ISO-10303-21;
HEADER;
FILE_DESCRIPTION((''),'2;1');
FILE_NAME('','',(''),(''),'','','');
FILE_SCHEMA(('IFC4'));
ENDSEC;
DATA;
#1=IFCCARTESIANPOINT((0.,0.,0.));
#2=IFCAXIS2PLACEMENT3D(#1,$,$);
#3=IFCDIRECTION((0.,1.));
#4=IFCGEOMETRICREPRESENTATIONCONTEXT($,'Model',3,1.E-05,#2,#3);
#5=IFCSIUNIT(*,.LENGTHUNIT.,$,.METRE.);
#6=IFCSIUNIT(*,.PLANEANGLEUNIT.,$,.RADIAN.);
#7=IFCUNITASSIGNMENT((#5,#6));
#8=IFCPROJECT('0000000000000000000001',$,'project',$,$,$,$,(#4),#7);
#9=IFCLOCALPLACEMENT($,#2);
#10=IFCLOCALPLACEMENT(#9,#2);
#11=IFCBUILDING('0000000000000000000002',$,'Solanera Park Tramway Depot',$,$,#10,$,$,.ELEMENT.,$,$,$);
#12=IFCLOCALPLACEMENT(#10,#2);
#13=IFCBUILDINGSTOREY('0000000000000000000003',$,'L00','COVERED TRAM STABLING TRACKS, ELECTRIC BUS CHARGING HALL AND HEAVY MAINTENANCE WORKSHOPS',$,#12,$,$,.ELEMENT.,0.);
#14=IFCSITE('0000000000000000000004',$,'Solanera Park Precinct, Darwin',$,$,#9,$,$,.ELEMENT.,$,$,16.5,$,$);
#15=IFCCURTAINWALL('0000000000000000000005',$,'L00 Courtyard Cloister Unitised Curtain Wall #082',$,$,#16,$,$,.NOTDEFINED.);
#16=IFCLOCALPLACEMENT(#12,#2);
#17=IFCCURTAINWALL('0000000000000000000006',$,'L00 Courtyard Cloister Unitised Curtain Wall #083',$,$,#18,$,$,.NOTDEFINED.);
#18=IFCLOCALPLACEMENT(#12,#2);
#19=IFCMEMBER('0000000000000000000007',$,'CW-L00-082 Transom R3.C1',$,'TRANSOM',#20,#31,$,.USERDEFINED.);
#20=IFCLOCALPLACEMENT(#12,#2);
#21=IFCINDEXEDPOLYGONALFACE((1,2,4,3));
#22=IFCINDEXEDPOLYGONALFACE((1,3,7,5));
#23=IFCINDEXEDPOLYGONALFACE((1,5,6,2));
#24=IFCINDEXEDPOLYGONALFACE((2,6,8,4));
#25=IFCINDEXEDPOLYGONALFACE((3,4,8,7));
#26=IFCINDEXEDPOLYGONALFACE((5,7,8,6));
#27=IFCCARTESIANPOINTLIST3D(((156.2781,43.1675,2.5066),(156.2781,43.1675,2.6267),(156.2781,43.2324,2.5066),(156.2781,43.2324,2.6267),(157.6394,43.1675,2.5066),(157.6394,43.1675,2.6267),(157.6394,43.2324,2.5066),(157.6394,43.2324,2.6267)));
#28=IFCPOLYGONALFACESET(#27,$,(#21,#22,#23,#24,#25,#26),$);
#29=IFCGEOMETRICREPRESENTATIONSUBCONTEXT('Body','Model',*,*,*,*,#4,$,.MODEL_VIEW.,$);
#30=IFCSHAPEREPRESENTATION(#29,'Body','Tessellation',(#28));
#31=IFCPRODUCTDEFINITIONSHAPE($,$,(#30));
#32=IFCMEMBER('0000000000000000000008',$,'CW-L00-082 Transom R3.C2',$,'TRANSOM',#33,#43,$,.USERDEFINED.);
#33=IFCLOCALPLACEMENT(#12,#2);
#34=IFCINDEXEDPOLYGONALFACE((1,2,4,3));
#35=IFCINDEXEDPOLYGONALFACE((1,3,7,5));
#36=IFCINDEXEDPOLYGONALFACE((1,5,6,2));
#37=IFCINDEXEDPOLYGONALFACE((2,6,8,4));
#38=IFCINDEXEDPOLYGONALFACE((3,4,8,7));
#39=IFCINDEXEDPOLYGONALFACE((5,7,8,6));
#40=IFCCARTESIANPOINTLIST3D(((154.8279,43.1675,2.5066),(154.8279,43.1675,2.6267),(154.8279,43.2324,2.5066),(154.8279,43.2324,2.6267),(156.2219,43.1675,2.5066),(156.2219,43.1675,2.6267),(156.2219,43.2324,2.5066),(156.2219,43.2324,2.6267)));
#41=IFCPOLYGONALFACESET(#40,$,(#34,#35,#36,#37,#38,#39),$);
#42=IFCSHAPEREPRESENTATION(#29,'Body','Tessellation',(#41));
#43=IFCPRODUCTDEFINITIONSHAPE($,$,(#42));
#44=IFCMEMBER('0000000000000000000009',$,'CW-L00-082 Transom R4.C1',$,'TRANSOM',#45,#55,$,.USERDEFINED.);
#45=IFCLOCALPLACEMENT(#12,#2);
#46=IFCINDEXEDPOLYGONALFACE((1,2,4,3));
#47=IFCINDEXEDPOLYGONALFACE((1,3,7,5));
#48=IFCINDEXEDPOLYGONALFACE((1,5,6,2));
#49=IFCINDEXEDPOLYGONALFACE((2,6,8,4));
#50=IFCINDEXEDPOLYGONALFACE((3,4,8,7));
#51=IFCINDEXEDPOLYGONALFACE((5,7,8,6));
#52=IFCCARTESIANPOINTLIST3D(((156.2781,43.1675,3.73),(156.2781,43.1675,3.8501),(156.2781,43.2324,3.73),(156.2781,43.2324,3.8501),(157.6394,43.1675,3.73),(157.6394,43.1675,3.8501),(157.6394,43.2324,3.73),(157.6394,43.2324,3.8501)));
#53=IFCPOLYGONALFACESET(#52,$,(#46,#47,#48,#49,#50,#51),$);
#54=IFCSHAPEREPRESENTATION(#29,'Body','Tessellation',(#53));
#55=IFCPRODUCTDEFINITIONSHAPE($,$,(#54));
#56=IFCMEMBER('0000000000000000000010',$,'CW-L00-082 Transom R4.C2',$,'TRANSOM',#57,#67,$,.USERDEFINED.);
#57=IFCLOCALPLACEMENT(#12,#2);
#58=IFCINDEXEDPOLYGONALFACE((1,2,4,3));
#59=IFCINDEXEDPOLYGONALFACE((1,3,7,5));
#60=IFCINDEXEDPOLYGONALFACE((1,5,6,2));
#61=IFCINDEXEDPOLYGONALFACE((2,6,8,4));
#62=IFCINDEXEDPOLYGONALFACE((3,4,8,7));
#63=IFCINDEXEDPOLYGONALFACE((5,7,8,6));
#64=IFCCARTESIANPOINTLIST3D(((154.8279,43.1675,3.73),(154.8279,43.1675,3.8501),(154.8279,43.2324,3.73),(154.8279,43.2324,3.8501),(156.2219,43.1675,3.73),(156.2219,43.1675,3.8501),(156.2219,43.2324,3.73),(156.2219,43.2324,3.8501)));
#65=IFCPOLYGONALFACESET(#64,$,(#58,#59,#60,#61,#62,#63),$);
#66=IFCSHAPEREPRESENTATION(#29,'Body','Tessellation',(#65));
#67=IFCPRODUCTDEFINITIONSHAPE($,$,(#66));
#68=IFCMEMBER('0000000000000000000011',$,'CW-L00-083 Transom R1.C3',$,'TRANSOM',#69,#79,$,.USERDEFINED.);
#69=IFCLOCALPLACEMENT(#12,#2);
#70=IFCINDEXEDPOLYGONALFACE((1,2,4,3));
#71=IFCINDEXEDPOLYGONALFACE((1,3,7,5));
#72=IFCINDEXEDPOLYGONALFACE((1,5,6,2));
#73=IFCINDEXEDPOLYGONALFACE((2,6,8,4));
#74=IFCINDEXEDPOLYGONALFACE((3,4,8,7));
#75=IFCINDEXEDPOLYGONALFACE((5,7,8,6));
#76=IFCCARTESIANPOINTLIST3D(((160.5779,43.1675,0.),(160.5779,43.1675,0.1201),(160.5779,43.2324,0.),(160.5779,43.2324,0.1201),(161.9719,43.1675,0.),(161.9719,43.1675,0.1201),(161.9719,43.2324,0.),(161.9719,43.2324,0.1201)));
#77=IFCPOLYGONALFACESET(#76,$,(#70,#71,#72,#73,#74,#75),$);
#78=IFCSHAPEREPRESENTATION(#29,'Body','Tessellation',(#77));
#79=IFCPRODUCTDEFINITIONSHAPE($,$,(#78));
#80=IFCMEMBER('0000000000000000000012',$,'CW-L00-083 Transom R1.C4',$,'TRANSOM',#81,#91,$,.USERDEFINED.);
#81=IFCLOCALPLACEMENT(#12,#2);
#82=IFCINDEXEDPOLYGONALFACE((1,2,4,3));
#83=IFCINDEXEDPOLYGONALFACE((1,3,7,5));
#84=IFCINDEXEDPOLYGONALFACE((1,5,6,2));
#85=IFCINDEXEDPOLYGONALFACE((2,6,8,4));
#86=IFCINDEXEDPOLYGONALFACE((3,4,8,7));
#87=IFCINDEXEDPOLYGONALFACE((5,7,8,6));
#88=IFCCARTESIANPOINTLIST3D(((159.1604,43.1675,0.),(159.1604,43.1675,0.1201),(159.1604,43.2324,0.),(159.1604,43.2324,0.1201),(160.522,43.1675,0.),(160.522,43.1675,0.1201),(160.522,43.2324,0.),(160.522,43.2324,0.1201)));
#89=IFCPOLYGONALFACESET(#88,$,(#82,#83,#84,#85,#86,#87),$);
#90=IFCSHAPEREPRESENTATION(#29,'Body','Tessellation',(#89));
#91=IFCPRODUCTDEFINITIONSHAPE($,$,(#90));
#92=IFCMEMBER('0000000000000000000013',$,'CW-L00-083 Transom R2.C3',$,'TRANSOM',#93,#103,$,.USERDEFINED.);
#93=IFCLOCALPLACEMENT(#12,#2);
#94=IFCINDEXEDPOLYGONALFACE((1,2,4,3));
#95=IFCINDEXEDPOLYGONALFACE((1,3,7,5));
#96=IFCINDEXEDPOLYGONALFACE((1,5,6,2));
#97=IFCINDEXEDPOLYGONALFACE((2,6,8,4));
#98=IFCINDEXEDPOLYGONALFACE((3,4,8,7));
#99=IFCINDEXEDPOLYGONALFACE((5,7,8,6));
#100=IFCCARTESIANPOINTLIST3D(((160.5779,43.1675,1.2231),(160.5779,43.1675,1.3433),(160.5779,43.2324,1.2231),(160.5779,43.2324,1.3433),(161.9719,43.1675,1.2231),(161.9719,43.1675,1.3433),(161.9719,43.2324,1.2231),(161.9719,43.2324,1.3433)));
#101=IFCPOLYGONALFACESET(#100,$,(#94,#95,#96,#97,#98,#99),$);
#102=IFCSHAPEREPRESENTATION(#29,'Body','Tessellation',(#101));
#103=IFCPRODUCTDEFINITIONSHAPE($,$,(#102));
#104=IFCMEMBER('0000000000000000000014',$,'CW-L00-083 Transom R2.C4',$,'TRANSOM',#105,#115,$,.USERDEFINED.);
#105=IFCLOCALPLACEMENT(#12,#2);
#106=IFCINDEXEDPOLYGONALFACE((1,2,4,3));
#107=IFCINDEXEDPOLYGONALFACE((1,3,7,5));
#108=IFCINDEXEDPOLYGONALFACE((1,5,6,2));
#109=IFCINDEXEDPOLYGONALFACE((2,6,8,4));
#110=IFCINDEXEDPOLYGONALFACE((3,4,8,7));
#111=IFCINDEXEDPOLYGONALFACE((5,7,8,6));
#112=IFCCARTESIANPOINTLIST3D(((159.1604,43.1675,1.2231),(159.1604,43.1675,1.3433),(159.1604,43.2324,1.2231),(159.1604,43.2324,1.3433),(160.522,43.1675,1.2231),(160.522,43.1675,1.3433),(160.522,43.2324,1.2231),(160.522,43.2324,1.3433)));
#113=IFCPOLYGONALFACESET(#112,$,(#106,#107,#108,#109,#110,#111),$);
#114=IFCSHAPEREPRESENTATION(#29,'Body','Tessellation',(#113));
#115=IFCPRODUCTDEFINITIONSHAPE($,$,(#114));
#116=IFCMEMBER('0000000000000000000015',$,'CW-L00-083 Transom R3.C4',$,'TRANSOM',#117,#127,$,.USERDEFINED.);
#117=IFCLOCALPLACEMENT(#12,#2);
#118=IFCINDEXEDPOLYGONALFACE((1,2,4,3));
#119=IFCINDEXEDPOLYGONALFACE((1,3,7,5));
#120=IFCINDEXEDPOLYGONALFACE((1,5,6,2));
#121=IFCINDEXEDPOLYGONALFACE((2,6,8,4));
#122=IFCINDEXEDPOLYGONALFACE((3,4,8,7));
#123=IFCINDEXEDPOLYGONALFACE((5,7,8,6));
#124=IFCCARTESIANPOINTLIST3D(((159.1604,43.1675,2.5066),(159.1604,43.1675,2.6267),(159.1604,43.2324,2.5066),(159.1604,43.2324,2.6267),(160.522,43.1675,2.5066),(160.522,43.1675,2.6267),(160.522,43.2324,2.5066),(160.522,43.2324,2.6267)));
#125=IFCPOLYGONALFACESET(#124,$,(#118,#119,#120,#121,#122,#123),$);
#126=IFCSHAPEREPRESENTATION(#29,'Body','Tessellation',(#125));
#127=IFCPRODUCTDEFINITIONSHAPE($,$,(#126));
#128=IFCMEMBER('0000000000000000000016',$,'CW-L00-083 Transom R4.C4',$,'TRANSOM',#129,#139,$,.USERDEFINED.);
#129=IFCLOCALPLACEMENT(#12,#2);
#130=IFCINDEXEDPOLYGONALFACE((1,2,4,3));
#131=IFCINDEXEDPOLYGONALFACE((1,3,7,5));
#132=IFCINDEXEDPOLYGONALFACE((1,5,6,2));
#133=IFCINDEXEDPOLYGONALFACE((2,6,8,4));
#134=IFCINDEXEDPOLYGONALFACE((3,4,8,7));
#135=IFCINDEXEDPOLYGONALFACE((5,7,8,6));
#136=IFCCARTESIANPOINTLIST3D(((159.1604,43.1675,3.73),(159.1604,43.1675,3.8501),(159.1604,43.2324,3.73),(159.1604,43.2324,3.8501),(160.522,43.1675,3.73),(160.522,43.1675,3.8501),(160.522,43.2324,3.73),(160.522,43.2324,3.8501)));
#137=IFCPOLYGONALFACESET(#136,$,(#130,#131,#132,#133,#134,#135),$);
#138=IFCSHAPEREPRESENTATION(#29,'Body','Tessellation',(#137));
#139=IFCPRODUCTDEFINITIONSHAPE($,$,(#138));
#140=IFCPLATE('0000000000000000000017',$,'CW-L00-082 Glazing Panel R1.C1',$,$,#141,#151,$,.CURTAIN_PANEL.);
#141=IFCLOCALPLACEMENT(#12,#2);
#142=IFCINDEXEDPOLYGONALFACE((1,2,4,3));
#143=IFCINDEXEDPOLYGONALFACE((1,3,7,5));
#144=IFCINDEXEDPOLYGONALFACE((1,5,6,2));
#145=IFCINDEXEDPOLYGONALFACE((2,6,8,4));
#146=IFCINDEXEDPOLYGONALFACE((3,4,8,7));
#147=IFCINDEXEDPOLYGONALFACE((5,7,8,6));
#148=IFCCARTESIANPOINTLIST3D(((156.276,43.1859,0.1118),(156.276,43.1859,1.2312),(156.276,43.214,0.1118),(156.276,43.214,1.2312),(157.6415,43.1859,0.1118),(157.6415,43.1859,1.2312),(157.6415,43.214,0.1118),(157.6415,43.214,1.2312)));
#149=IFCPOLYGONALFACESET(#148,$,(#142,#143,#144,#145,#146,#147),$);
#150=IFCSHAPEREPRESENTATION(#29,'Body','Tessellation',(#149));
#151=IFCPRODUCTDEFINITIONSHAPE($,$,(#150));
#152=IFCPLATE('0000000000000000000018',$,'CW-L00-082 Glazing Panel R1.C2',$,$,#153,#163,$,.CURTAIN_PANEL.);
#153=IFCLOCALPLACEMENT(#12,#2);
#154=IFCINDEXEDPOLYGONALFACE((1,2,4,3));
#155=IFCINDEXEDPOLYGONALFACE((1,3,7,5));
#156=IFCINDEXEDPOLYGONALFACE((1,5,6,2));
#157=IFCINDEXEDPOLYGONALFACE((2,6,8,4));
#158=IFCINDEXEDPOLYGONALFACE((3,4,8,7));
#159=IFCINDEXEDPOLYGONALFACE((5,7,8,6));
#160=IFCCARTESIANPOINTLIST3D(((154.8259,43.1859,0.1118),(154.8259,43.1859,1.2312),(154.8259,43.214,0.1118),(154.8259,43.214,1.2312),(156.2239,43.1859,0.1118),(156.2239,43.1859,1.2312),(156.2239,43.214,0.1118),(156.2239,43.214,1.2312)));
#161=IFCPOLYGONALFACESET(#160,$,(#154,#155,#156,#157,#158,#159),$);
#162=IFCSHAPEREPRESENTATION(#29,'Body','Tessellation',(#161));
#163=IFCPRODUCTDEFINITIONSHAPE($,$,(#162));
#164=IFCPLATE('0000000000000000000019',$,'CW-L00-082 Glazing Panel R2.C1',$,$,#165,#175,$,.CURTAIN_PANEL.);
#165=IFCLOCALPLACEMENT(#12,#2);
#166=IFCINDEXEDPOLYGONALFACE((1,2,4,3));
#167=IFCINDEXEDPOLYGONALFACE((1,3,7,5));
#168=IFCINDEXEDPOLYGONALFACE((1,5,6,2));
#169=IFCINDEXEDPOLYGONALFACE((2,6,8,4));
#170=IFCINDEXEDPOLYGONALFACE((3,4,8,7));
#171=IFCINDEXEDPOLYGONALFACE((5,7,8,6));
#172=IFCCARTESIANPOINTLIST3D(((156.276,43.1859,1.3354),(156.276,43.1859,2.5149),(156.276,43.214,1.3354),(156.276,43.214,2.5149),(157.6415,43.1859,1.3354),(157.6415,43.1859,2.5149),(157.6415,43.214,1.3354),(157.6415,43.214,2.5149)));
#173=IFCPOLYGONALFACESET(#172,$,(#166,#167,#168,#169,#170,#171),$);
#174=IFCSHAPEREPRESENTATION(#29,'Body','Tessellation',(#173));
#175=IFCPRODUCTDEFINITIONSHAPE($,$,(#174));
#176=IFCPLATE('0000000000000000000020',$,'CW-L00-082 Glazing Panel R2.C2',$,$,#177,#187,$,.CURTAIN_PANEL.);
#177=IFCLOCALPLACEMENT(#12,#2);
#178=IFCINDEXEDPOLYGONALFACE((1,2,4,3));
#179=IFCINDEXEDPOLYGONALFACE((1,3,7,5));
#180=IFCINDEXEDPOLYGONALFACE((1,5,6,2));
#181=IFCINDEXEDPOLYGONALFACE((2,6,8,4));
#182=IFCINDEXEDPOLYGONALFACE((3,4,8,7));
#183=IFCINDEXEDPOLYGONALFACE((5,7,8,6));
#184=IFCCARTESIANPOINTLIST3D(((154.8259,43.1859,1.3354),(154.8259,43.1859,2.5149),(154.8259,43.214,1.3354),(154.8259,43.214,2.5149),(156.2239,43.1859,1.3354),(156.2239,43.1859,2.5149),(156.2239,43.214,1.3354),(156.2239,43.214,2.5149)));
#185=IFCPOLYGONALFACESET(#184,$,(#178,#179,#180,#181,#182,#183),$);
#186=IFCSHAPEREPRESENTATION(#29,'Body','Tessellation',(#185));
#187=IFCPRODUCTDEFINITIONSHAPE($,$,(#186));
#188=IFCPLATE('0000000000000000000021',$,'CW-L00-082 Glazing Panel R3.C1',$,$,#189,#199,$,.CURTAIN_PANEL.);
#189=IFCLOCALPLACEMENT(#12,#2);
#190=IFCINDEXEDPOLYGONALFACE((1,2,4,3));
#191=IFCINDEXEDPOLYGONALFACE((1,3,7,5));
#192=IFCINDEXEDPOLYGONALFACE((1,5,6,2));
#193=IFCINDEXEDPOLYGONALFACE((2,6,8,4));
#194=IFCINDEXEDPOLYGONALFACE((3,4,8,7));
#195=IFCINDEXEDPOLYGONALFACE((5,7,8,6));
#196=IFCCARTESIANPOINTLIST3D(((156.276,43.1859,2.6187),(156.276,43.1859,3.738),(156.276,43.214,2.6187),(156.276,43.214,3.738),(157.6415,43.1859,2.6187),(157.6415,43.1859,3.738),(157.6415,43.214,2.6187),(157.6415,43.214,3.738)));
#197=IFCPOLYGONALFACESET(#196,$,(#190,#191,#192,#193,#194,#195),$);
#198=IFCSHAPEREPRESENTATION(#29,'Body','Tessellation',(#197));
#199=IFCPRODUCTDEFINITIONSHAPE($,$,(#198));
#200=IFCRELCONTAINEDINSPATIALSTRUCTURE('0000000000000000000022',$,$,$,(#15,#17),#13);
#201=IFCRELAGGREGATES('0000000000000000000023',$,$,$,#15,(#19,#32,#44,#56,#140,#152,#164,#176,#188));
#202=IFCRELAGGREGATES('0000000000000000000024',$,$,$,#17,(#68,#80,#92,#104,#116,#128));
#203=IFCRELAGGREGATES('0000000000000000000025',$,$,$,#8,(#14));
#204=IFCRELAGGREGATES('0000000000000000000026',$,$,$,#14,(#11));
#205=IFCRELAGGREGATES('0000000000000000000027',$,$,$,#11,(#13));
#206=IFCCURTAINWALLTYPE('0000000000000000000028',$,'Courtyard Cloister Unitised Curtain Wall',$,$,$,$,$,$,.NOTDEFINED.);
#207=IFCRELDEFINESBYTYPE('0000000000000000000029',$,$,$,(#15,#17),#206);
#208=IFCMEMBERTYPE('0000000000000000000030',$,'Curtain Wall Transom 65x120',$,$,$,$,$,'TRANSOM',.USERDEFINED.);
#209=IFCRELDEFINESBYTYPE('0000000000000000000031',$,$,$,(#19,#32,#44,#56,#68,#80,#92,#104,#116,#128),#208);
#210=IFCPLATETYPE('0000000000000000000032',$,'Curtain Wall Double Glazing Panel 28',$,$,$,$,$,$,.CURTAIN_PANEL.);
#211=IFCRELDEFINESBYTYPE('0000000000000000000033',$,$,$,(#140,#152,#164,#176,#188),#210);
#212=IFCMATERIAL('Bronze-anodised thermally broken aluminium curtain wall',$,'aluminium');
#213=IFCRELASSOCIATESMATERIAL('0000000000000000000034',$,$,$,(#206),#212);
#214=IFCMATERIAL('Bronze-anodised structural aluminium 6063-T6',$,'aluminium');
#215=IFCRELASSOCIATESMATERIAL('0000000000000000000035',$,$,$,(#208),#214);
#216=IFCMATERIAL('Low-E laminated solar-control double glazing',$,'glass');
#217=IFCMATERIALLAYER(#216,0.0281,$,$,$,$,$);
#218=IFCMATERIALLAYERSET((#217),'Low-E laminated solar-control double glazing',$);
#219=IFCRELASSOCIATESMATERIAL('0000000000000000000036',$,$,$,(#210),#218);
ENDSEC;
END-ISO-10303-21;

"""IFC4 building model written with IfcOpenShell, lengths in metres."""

from ifc_helpers import new_model, si_unit, direction, frame, origin, origin_2d, place, context, subcontext, project, spatial, rectangle, extrude, material, layer, layer_set, material_profile, profile_set, type_object, element, aggregate, save


model = new_model("IFC4")

# Units and contexts
model_context = context("Model", 3, precision=1e-05, world=origin(), true_north=direction((0.0, 1.0)))
body_context = subcontext(model_context, "Body", "Model", "MODEL_VIEW")
ifc_project = project(units=[si_unit("LENGTHUNIT", "METRE"), si_unit("PLANEANGLEUNIT", "RADIAN")], contexts=[model_context])

# Site, building, storey
site_placement = place(None, origin())
site = spatial("IfcSite", under=ifc_project, at=site_placement, Name="Solanera Park Precinct, Darwin", CompositionType="ELEMENT", RefElevation=16.5)
building_placement = place(site_placement, origin())
building = spatial("IfcBuilding", under=site, at=building_placement, Name="Solanera Park Tramway Depot", CompositionType="ELEMENT")
storey_placement = place(building_placement, origin())
storey = spatial("IfcBuildingStorey", under=building, at=storey_placement, Name="L00", Description="COVERED TRAM STABLING TRACKS, ELECTRIC BUS CHARGING HALL AND HEAVY MAINTENANCE WORKSHOPS", CompositionType="ELEMENT", Elevation=0.0)

# Curtain walls
ifc_material_1 = material(Name="Bronze-anodised thermally broken aluminium curtain wall", Category="aluminium")
curtain_wall_type = type_object("IfcCurtainWallType", Name="Courtyard Cloister Unitised Curtain Wall", PredefinedType="NOTDEFINED", material=ifc_material_1)
curtain_wall_1_placement = place(storey_placement, origin())
curtain_wall_1 = element("IfcCurtainWall", 1, at=curtain_wall_1_placement, inside=storey, type_object=curtain_wall_type, Name="L00 Courtyard Cloister Unitised Curtain Wall #082", PredefinedType="NOTDEFINED")
curtain_wall_2_placement = place(storey_placement, origin())
curtain_wall_2 = element("IfcCurtainWall", 2, at=curtain_wall_2_placement, inside=storey, type_object=curtain_wall_type, Name="L00 Courtyard Cloister Unitised Curtain Wall #083", PredefinedType="NOTDEFINED")

# Members
ifc_material_2 = material(Name="Bronze-anodised structural aluminium 6063-T6", Category="aluminium")
ifc_material_profile_1 = material_profile(ifc_material_2, rectangle(XDim=0.0649, YDim=0.1201, at=origin_2d()), Name="Curtain Wall Transom 65x120")
ifc_profile_set_1 = profile_set([ifc_material_profile_1], Name="Bronze-anodised structural aluminium 6063-T6")
member_type_1 = type_object("IfcMemberType", Name="Curtain Wall Transom 65x120", ElementType="TRANSOM", PredefinedType="USERDEFINED", material=ifc_profile_set_1)
member_1_placement = place(storey_placement, frame((157.6394, 43.2, 2.5667), z_axis=(-1.0, 0.0, 0.0), x_axis=(0.0, -1.0, 0.0)))
member_1 = element("IfcMember", 3, at=member_1_placement, type_object=member_type_1, Name="CW-L00-082 Transom R3.C1", ObjectType="TRANSOM", PredefinedType="USERDEFINED", context=body_context, shape_type="SweptSolid", body=[
    extrude(rectangle(XDim=0.0649, YDim=0.1201, at=origin_2d()), origin(), (0.0, 0.0, 1.0), 1.3613),
])
member_2_placement = place(storey_placement, frame((156.2219, 43.2, 2.5667), z_axis=(-1.0, 0.0, 0.0), x_axis=(0.0, -1.0, 0.0)))
member_2 = element("IfcMember", 4, at=member_2_placement, type_object=member_type_1, Name="CW-L00-082 Transom R3.C2", ObjectType="TRANSOM", PredefinedType="USERDEFINED", context=body_context, shape_type="SweptSolid", body=[
    extrude(rectangle(XDim=0.0649, YDim=0.1201, at=origin_2d()), origin(), (0.0, 0.0, 1.0), 1.394),
])
member_3_placement = place(storey_placement, frame((157.6394, 43.2, 3.79), z_axis=(-1.0, 0.0, 0.0), x_axis=(0.0, -1.0, 0.0)))
member_3 = element("IfcMember", 5, at=member_3_placement, type_object=member_type_1, Name="CW-L00-082 Transom R4.C1", ObjectType="TRANSOM", PredefinedType="USERDEFINED", context=body_context, shape_type="SweptSolid", body=[
    extrude(rectangle(XDim=0.0649, YDim=0.1201, at=origin_2d()), origin(), (0.0, 0.0, 1.0), 1.3613),
])
member_4_placement = place(storey_placement, frame((156.2219, 43.2, 3.79), z_axis=(-1.0, 0.0, 0.0), x_axis=(0.0, -1.0, 0.0)))
member_4 = element("IfcMember", 6, at=member_4_placement, type_object=member_type_1, Name="CW-L00-082 Transom R4.C2", ObjectType="TRANSOM", PredefinedType="USERDEFINED", context=body_context, shape_type="SweptSolid", body=[
    extrude(rectangle(XDim=0.0649, YDim=0.1201, at=origin_2d()), origin(), (0.0, 0.0, 1.0), 1.394),
])
member_5_placement = place(storey_placement, frame((161.9719, 43.2, 0.0601), z_axis=(-1.0, 0.0, 0.0), x_axis=(0.0, -1.0, 0.0)))
member_5 = element("IfcMember", 7, at=member_5_placement, type_object=member_type_1, Name="CW-L00-083 Transom R1.C3", ObjectType="TRANSOM", PredefinedType="USERDEFINED", context=body_context, shape_type="SweptSolid", body=[
    extrude(rectangle(XDim=0.0649, YDim=0.1201, at=origin_2d()), origin(), (0.0, 0.0, 1.0), 1.394),
])
member_6_placement = place(storey_placement, frame((160.522, 43.2, 0.0601), z_axis=(-1.0, 0.0, 0.0), x_axis=(0.0, -1.0, 0.0)))
member_6 = element("IfcMember", 8, at=member_6_placement, type_object=member_type_1, Name="CW-L00-083 Transom R1.C4", ObjectType="TRANSOM", PredefinedType="USERDEFINED", context=body_context, shape_type="SweptSolid", body=[
    extrude(rectangle(XDim=0.0649, YDim=0.1201, at=origin_2d()), origin(), (0.0, 0.0, 1.0), 1.3616),
])
member_7_placement = place(storey_placement, frame((161.9719, 43.2, 1.2832), z_axis=(-1.0, 0.0, 0.0), x_axis=(0.0, -1.0, 0.0)))
member_7 = element("IfcMember", 9, at=member_7_placement, type_object=member_type_1, Name="CW-L00-083 Transom R2.C3", ObjectType="TRANSOM", PredefinedType="USERDEFINED", context=body_context, shape_type="SweptSolid", body=[
    extrude(rectangle(XDim=0.0649, YDim=0.1201, at=origin_2d()), origin(), (0.0, 0.0, 1.0), 1.394),
])
member_8_placement = place(storey_placement, frame((160.522, 43.2, 1.2832), z_axis=(-1.0, 0.0, 0.0), x_axis=(0.0, -1.0, 0.0)))
member_8 = element("IfcMember", 10, at=member_8_placement, type_object=member_type_1, Name="CW-L00-083 Transom R2.C4", ObjectType="TRANSOM", PredefinedType="USERDEFINED", context=body_context, shape_type="SweptSolid", body=[
    extrude(rectangle(XDim=0.0649, YDim=0.1201, at=origin_2d()), origin(), (0.0, 0.0, 1.0), 1.3616),
])
member_9_placement = place(storey_placement, frame((160.522, 43.2, 2.5667), z_axis=(-1.0, 0.0, 0.0), x_axis=(0.0, -1.0, 0.0)))
member_9 = element("IfcMember", 11, at=member_9_placement, type_object=member_type_1, Name="CW-L00-083 Transom R3.C4", ObjectType="TRANSOM", PredefinedType="USERDEFINED", context=body_context, shape_type="SweptSolid", body=[
    extrude(rectangle(XDim=0.0649, YDim=0.1201, at=origin_2d()), origin(), (0.0, 0.0, 1.0), 1.3616),
])
member_10_placement = place(storey_placement, frame((160.522, 43.2, 3.79), z_axis=(-1.0, 0.0, 0.0), x_axis=(0.0, -1.0, 0.0)))
member_10 = element("IfcMember", 12, at=member_10_placement, type_object=member_type_1, Name="CW-L00-083 Transom R4.C4", ObjectType="TRANSOM", PredefinedType="USERDEFINED", context=body_context, shape_type="SweptSolid", body=[
    extrude(rectangle(XDim=0.0649, YDim=0.1201, at=origin_2d()), origin(), (0.0, 0.0, 1.0), 1.3616),
])

# Plates
ifc_material_3 = material(Name="Low-E laminated solar-control double glazing", Category="glass")
ifc_layer = layer(ifc_material_3, 0.0281)
ifc_layer_set = layer_set([ifc_layer], Name="Low-E laminated solar-control double glazing")
plate_type = type_object("IfcPlateType", Name="Curtain Wall Double Glazing Panel 28", PredefinedType="CURTAIN_PANEL", material=ifc_layer_set)
plate_1_placement = place(storey_placement, frame((156.9587, 43.2, 0.1118), z_axis=(0.0, 0.0, 1.0), x_axis=(-1.0, 0.0, 0.0)))
plate_1 = element("IfcPlate", 13, at=plate_1_placement, type_object=plate_type, Name="CW-L00-082 Glazing Panel R1.C1", PredefinedType="CURTAIN_PANEL", context=body_context, shape_type="SweptSolid", body=[
    extrude(rectangle(XDim=1.3655, YDim=0.0281, at=origin_2d()), origin(), (0.0, 0.0, 1.0), 1.1194),
])
plate_2_placement = place(storey_placement, frame((155.5249, 43.2, 0.1118), z_axis=(0.0, 0.0, 1.0), x_axis=(-1.0, 0.0, 0.0)))
plate_2 = element("IfcPlate", 14, at=plate_2_placement, type_object=plate_type, Name="CW-L00-082 Glazing Panel R1.C2", PredefinedType="CURTAIN_PANEL", context=body_context, shape_type="SweptSolid", body=[
    extrude(rectangle(XDim=1.3979, YDim=0.0281, at=origin_2d()), origin(), (0.0, 0.0, 1.0), 1.1194),
])
plate_3_placement = place(storey_placement, frame((156.9587, 43.2, 1.3354), z_axis=(0.0, 0.0, 1.0), x_axis=(-1.0, 0.0, 0.0)))
plate_3 = element("IfcPlate", 15, at=plate_3_placement, type_object=plate_type, Name="CW-L00-082 Glazing Panel R2.C1", PredefinedType="CURTAIN_PANEL", context=body_context, shape_type="SweptSolid", body=[
    extrude(rectangle(XDim=1.3655, YDim=0.0281, at=origin_2d()), origin(), (0.0, 0.0, 1.0), 1.1794),
])
plate_4_placement = place(storey_placement, frame((155.5249, 43.2, 1.3354), z_axis=(0.0, 0.0, 1.0), x_axis=(-1.0, 0.0, 0.0)))
plate_4 = element("IfcPlate", 16, at=plate_4_placement, type_object=plate_type, Name="CW-L00-082 Glazing Panel R2.C2", PredefinedType="CURTAIN_PANEL", context=body_context, shape_type="SweptSolid", body=[
    extrude(rectangle(XDim=1.3979, YDim=0.0281, at=origin_2d()), origin(), (0.0, 0.0, 1.0), 1.1794),
])
plate_5_placement = place(storey_placement, frame((156.9587, 43.2, 2.6187), z_axis=(0.0, 0.0, 1.0), x_axis=(-1.0, 0.0, 0.0)))
plate_5 = element("IfcPlate", 17, at=plate_5_placement, type_object=plate_type, Name="CW-L00-082 Glazing Panel R3.C1", PredefinedType="CURTAIN_PANEL", context=body_context, shape_type="SweptSolid", body=[
    extrude(rectangle(XDim=1.3655, YDim=0.0281, at=origin_2d()), origin(), (0.0, 0.0, 1.0), 1.1194),
])
aggregate(curtain_wall_1, [member_1, member_2, member_3, member_4, plate_1, plate_2, plate_3, plate_4, plate_5])
aggregate(curtain_wall_2, [member_5, member_6, member_7, member_8, member_9, member_10])

save(model, "model.ifc")
